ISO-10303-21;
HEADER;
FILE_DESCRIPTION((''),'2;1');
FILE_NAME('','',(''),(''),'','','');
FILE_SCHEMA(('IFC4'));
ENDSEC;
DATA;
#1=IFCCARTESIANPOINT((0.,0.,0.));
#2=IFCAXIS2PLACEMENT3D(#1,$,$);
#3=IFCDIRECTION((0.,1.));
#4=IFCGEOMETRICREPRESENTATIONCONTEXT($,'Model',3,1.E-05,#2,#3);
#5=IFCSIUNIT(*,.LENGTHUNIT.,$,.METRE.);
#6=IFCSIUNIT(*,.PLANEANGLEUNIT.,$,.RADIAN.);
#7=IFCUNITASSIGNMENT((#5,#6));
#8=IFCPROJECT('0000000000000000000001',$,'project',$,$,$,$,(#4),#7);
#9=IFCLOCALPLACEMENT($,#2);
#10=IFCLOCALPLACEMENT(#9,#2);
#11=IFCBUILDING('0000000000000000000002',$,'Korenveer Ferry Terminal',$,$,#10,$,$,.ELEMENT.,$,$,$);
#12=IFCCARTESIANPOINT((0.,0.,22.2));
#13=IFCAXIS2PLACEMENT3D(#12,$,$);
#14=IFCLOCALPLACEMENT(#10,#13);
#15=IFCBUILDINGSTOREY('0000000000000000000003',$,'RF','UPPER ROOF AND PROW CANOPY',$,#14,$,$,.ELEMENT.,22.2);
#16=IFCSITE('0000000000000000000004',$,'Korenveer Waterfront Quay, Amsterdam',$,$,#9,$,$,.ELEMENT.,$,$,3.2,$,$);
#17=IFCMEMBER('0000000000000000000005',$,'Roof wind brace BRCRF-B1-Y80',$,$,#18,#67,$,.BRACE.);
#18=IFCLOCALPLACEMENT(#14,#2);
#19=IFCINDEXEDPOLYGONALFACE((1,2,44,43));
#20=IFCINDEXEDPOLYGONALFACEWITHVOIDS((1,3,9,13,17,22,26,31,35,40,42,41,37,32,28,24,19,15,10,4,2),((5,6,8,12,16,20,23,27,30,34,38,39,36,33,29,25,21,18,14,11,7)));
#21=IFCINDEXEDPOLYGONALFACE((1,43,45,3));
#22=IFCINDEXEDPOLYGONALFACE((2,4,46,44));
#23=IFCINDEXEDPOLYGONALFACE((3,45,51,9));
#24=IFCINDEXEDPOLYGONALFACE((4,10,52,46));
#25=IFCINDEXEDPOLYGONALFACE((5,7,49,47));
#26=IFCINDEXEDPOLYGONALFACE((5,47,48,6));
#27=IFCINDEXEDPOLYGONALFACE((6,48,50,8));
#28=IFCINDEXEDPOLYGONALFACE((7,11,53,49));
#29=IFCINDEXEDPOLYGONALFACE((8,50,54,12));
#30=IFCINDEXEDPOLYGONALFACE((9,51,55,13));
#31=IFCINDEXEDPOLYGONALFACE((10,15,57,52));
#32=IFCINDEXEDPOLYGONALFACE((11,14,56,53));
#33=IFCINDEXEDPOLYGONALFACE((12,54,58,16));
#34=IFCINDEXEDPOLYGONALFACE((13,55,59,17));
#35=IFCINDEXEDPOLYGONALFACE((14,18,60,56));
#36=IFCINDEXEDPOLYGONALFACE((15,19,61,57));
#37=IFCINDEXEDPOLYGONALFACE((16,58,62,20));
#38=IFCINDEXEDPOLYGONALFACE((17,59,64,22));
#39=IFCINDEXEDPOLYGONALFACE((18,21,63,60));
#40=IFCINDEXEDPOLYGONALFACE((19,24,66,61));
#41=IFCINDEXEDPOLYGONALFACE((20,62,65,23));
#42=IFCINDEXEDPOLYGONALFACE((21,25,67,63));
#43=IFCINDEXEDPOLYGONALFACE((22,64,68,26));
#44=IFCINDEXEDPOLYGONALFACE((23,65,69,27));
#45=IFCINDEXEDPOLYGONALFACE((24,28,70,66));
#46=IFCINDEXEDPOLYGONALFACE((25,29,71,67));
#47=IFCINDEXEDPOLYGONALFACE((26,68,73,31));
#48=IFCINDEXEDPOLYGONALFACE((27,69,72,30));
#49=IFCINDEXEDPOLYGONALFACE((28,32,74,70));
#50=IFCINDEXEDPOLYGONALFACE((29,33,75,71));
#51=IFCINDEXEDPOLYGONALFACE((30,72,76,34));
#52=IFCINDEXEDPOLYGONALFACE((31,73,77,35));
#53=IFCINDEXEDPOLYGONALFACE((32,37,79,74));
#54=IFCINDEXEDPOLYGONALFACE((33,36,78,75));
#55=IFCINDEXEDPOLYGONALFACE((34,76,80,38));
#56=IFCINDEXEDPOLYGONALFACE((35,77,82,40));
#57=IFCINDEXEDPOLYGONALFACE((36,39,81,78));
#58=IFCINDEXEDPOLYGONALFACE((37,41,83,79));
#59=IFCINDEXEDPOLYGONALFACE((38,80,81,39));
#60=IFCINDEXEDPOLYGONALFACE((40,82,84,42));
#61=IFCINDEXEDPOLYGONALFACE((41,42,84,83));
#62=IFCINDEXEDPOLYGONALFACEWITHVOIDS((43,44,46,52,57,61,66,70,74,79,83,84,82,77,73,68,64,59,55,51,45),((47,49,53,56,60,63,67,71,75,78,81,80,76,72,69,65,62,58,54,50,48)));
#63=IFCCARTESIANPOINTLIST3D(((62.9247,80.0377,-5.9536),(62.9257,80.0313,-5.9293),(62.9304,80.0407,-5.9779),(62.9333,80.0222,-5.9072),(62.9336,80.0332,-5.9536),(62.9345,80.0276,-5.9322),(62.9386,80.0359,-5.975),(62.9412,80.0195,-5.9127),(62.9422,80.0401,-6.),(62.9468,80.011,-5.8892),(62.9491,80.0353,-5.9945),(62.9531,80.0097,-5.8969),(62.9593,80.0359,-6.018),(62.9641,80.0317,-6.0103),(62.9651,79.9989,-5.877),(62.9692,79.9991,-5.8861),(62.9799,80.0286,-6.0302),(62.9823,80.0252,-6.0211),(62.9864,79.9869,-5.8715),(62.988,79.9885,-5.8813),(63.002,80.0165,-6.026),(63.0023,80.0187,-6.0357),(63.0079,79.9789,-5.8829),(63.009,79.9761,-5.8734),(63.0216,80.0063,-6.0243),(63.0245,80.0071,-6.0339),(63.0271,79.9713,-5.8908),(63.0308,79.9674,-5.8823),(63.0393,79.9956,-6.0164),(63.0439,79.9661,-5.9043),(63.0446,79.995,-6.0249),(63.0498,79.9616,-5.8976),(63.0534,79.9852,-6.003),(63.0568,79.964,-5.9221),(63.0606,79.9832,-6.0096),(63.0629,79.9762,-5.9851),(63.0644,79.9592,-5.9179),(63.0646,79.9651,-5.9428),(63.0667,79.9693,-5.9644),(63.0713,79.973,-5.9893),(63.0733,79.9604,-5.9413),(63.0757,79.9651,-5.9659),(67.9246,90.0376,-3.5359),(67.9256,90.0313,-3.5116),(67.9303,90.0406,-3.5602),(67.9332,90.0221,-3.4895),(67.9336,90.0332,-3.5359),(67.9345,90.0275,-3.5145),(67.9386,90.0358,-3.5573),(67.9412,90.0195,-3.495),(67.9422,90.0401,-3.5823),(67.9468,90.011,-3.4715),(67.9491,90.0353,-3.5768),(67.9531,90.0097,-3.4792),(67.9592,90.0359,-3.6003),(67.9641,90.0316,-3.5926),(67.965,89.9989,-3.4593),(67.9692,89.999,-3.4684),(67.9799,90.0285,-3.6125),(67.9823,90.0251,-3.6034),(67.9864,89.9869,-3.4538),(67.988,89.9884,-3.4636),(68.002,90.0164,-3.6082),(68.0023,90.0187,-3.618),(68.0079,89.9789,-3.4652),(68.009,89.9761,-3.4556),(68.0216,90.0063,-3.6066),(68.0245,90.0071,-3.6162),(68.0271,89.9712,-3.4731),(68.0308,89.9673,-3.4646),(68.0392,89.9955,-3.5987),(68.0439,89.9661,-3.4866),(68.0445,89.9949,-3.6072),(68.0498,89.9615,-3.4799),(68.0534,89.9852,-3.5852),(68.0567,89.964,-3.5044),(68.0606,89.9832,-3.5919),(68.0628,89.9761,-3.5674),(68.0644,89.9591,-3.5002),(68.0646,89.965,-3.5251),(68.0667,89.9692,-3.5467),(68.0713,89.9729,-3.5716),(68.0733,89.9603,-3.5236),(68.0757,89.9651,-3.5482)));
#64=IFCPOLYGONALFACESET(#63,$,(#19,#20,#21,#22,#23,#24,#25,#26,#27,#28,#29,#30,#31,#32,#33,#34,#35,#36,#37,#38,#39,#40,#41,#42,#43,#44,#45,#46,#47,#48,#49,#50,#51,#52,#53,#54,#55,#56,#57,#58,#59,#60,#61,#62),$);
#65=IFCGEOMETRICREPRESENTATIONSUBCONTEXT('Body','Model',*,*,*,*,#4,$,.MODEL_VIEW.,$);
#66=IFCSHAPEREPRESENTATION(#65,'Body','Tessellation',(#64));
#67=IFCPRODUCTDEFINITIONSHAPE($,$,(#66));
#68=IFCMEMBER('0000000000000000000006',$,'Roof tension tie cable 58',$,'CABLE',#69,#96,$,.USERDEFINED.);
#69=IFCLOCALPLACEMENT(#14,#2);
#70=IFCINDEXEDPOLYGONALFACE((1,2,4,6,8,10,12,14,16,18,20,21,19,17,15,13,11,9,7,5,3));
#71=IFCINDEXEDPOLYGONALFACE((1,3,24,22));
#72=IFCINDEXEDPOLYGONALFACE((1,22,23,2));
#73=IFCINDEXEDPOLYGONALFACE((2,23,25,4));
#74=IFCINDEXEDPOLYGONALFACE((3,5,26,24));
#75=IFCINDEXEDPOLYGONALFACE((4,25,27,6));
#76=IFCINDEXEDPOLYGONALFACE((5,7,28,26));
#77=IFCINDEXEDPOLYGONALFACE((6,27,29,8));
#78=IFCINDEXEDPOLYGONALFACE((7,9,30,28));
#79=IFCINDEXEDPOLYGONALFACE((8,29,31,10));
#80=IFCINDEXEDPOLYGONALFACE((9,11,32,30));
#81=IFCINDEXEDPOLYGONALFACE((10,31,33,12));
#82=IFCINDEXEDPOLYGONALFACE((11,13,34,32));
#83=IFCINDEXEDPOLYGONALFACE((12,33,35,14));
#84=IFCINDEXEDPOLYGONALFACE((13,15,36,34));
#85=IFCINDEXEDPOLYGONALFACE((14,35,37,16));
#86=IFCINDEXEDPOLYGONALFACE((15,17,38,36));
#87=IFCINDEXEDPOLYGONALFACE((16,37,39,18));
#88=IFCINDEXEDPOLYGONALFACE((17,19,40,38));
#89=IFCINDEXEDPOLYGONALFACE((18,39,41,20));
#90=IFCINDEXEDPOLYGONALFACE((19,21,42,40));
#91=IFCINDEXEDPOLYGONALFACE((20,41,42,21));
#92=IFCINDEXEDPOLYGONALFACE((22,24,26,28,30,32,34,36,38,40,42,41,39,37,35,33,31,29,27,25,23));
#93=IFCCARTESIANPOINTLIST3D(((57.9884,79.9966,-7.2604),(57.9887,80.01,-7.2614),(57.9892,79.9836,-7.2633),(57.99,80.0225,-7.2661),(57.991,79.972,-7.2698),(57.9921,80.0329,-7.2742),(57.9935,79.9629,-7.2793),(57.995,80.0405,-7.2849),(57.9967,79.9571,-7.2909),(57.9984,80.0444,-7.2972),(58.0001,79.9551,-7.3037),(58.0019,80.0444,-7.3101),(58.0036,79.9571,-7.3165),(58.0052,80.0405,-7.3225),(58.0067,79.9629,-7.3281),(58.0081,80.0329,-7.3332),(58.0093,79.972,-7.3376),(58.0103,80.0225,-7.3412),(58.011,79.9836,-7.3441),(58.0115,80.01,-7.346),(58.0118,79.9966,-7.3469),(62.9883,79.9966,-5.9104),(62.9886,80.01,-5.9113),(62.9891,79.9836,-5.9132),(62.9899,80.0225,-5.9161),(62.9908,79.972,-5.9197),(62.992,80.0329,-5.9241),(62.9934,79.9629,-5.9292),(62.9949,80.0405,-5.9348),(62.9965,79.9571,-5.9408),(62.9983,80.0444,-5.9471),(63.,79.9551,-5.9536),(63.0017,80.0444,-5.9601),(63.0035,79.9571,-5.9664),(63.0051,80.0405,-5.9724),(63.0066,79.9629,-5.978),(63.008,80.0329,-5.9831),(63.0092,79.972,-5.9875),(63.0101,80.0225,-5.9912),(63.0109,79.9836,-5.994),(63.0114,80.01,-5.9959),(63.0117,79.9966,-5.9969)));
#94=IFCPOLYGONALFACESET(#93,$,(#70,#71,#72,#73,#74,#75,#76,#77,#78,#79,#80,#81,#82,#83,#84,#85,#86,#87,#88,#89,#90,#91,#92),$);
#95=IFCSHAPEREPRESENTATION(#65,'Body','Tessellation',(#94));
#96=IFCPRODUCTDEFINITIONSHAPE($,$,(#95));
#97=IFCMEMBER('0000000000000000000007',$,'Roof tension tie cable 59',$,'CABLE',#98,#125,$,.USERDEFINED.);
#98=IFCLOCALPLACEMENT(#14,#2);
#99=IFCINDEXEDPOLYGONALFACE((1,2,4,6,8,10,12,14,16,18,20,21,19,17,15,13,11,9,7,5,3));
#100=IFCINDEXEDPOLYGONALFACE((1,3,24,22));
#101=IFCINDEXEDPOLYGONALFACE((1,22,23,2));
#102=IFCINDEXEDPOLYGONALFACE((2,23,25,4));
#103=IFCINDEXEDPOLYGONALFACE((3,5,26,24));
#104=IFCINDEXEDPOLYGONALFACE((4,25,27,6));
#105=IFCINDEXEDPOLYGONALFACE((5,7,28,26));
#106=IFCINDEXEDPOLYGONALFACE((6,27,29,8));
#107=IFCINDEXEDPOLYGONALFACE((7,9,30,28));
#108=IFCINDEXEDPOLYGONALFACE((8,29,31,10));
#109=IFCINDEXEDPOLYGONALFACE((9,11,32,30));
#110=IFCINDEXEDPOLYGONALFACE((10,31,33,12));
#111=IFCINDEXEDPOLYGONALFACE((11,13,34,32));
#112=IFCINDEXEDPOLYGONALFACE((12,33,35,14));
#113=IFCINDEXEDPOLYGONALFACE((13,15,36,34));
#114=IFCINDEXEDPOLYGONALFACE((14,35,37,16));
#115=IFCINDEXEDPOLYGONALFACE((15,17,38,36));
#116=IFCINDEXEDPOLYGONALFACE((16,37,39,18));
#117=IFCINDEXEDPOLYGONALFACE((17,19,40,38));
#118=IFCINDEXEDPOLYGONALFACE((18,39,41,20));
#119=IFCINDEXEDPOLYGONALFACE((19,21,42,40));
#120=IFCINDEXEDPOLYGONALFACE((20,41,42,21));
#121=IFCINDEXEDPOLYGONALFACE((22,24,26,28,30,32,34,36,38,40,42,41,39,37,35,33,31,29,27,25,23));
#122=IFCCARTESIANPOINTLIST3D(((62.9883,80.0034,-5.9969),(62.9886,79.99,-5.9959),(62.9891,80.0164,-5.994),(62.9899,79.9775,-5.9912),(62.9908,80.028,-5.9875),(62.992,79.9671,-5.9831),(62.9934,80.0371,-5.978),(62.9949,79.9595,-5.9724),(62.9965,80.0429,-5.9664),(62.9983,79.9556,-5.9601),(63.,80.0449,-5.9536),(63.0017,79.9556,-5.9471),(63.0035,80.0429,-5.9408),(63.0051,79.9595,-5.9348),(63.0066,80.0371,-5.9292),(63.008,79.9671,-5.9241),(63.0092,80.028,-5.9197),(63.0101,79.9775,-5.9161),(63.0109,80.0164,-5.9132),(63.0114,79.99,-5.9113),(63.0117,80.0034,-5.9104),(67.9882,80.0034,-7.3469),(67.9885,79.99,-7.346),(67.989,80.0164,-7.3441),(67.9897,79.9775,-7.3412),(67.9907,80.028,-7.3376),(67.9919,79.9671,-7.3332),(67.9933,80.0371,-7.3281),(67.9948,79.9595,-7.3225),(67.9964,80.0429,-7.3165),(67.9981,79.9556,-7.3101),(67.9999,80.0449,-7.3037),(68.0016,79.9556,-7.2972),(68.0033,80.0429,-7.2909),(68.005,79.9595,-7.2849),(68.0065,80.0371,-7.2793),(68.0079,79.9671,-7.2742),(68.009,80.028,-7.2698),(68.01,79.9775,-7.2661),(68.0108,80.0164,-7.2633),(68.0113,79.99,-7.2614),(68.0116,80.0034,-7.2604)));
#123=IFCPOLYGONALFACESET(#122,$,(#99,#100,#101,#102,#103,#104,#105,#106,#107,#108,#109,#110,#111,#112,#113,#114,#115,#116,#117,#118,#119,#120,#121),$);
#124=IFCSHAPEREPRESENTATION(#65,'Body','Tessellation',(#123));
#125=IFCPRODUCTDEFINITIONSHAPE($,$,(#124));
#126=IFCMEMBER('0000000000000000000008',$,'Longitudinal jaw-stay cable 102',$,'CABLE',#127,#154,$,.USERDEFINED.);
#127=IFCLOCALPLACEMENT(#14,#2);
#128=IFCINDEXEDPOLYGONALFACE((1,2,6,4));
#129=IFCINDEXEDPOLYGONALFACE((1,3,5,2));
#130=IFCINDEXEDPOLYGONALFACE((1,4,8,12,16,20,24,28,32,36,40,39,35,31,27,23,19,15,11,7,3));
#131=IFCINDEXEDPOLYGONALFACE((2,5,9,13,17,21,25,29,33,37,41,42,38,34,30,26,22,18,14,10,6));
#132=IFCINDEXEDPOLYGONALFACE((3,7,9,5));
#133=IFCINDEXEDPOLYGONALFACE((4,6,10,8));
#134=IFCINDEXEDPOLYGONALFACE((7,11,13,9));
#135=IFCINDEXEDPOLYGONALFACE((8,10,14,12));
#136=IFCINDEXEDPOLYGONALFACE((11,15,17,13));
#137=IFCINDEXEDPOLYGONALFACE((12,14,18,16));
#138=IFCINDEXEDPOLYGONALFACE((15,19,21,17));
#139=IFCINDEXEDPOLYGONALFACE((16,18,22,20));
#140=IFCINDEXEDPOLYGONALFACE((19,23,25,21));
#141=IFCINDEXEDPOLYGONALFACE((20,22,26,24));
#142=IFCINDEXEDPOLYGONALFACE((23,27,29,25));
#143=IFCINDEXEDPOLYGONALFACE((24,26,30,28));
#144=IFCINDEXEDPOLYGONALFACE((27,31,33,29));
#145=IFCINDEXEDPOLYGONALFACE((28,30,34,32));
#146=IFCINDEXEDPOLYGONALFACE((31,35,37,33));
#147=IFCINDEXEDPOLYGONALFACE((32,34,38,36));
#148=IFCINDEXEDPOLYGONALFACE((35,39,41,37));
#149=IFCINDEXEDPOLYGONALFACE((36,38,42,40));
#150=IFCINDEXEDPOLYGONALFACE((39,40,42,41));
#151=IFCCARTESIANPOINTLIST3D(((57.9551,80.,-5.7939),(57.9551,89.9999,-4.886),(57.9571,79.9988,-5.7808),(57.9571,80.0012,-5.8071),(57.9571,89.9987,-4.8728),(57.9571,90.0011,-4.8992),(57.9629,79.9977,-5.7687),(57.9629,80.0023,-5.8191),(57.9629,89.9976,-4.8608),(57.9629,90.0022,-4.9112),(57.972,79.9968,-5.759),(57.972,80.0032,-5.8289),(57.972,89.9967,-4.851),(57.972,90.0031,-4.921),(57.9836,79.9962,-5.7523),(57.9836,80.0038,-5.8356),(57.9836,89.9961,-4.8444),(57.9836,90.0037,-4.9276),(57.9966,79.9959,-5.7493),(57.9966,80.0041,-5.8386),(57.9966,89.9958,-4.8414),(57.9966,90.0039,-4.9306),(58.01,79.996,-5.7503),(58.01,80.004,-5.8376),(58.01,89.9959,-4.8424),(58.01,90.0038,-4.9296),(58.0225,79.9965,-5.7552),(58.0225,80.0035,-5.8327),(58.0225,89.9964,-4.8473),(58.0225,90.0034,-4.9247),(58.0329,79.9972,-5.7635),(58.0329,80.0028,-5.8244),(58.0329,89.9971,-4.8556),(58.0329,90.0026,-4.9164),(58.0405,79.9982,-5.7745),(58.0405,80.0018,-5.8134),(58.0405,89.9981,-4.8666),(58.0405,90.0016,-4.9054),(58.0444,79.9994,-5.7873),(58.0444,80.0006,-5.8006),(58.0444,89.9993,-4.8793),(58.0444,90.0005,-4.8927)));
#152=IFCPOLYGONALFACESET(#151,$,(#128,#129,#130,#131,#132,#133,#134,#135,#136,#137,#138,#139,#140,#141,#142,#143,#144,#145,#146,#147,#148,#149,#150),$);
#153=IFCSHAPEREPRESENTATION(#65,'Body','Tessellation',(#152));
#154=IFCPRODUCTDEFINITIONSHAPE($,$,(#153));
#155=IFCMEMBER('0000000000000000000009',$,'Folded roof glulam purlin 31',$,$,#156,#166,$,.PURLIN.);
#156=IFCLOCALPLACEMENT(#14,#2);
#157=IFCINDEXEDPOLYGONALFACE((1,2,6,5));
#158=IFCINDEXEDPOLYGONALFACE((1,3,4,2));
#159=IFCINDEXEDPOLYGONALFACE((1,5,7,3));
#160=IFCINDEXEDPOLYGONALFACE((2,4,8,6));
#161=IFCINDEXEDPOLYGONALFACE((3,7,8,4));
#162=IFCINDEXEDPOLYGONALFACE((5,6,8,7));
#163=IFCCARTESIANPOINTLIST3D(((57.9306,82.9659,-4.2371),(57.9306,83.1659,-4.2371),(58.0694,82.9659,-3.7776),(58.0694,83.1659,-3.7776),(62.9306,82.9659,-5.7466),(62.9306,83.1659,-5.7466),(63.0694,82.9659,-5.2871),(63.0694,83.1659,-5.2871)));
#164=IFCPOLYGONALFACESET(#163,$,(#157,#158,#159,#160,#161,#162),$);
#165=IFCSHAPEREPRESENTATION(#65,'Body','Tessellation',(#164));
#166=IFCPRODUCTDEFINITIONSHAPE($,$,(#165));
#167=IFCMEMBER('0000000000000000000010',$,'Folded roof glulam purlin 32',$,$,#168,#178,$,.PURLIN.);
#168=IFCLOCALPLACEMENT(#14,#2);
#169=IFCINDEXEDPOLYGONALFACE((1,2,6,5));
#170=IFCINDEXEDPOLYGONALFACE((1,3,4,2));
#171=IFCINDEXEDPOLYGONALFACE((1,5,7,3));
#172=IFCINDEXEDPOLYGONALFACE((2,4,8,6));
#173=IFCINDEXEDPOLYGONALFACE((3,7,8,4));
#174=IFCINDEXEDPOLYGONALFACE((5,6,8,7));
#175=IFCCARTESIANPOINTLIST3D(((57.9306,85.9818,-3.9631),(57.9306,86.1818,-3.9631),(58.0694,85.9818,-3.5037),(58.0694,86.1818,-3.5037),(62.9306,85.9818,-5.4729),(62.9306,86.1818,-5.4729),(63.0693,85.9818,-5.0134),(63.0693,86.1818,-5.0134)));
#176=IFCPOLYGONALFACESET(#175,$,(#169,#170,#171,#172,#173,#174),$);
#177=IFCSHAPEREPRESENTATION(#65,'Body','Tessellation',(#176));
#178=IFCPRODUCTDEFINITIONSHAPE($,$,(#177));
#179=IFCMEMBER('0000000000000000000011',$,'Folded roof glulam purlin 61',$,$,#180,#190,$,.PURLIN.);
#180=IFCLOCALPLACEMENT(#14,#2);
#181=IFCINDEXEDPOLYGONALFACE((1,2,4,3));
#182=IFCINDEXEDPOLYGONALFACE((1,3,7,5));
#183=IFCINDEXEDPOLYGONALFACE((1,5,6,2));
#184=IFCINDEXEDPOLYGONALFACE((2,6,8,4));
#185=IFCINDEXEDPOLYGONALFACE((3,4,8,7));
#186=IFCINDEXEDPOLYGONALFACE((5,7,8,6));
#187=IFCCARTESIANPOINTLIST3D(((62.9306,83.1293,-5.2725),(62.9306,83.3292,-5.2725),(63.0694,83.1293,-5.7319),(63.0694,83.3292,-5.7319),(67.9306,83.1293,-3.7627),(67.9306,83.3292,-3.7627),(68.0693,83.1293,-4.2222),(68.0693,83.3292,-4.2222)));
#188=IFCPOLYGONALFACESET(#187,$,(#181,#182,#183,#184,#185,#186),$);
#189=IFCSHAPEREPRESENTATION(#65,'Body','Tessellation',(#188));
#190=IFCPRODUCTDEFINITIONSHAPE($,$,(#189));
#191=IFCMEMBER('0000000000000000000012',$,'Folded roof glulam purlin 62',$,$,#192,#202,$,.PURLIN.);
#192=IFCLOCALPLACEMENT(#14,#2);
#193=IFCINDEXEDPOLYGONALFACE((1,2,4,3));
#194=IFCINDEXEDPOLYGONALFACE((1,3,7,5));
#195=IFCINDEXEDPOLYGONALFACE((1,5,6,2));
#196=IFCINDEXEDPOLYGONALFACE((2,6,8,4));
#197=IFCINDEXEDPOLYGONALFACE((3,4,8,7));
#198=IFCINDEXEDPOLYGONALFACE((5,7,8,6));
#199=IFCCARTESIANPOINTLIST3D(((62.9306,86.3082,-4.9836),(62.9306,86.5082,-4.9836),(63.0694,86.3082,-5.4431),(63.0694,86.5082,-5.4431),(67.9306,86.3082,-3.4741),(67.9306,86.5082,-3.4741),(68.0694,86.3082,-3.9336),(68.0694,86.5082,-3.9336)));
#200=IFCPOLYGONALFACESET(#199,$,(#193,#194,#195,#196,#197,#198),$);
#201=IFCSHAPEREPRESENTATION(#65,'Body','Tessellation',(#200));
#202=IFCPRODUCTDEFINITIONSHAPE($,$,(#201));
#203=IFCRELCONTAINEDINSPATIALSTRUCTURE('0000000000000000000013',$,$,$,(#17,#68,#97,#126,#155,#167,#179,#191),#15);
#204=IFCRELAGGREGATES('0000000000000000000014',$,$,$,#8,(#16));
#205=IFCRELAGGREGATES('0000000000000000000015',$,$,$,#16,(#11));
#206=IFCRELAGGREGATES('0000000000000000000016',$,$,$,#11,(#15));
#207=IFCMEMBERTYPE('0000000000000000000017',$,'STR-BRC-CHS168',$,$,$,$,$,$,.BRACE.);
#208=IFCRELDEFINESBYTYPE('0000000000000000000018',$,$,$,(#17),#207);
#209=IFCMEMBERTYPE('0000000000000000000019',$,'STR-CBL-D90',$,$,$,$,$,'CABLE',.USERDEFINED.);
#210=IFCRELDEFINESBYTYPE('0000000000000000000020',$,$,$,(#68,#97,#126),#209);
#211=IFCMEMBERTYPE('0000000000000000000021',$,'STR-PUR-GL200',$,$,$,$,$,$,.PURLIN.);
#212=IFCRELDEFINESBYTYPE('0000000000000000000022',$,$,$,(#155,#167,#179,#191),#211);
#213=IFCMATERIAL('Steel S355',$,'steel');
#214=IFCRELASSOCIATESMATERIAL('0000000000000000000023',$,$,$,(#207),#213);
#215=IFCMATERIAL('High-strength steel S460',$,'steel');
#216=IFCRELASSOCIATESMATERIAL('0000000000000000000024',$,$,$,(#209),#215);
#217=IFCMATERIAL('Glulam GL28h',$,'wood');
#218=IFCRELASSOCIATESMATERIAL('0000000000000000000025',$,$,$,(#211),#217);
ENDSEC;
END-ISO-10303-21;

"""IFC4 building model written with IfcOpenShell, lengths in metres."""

from ifc_helpers import new_model, si_unit, direction, frame, origin, origin_2d, place, context, subcontext, project, spatial, rectangle, circle, hollow_circle, extrude, material, material_profile, profile_set, type_object, element, save


model = new_model("IFC4")

# Units and contexts
model_context = context("Model", 3, precision=1e-05, world=origin(), true_north=direction((0.0, 1.0)))
body_context = subcontext(model_context, "Body", "Model", "MODEL_VIEW")
ifc_project = project(units=[si_unit("LENGTHUNIT", "METRE"), si_unit("PLANEANGLEUNIT", "RADIAN")], contexts=[model_context])

# Site, building, storey
site_placement = place(None, origin())
site = spatial("IfcSite", under=ifc_project, at=site_placement, Name="Korenveer Waterfront Quay, Amsterdam", CompositionType="ELEMENT", RefElevation=3.2)
building_placement = place(site_placement, origin())
building = spatial("IfcBuilding", under=site, at=building_placement, Name="Korenveer Ferry Terminal", CompositionType="ELEMENT")
storey_placement = place(building_placement, frame((0.0, 0.0, 22.2)))
storey = spatial("IfcBuildingStorey", under=building, at=storey_placement, Name="RF", Description="UPPER ROOF AND PROW CANOPY", CompositionType="ELEMENT", Elevation=22.2)

# Members
ifc_material_1 = material(Name="Steel S355", Category="steel")
ifc_material_profile_1 = material_profile(ifc_material_1, hollow_circle(Radius=0.0842, WallThickness=0.01, at=origin_2d()), Name="CHS 168.3x10")
ifc_profile_set_1 = profile_set([ifc_material_profile_1], Name="Steel S355")
member_type_1 = type_object("IfcMemberType", Name="STR-BRC-CHS168", PredefinedType="BRACE", material=ifc_profile_set_1)
member_1_placement = place(storey_placement, frame((63.0, 80.0, -5.9536), z_axis=(0.43711, 0.87422, 0.211362), x_axis=(-0.894427, 0.447214, 0.0)))
element("IfcMember", 1, at=member_1_placement, inside=storey, type_object=member_type_1, Name="Roof wind brace BRCRF-B1-Y80", PredefinedType="BRACE", context=body_context, shape_type="SweptSolid", body=[
    extrude(hollow_circle(Radius=0.0842, WallThickness=0.01, at=origin_2d()), origin(), (0.0, 0.0, 1.0), 11.4387),
])
ifc_material_2 = material(Name="High-strength steel S460", Category="steel")
ifc_material_profile_2 = material_profile(ifc_material_2, circle(Radius=0.0449, at=origin_2d()), Name="ROD D90")
ifc_profile_set_2 = profile_set([ifc_material_profile_2], Name="High-strength steel S460")
member_type_2 = type_object("IfcMemberType", Name="STR-CBL-D90", ElementType="CABLE", PredefinedType="USERDEFINED", material=ifc_profile_set_2)
for number, where, z_axis, x_axis, name in (
    (2, (63.0, 80.0, -5.9536), (-0.965424, 0.0, -0.260683), (0.0, -1.0, 0.0), "Roof tension tie cable 58"),
    (3, (63.0, 80.0, -5.9536), (0.965424, 0.0, -0.260683), (0.0, 1.0, 0.0), "Roof tension tie cable 59"),
):
    element("IfcMember", number, at=place(storey_placement, frame(where, z_axis=z_axis, x_axis=x_axis)), inside=storey, type_object=member_type_2, Name=name, ObjectType="CABLE", PredefinedType="USERDEFINED", context=body_context, shape_type="SweptSolid", body=[
        extrude(circle(Radius=0.0449, at=origin_2d()), origin(), (0.0, 0.0, 1.0), 5.179),
    ])
member_2_placement = place(storey_placement, frame((58.0, 80.0, -5.7939), z_axis=(0.0, 0.995903, 0.090424), x_axis=(-1.0, 0.0, 0.0)))
element("IfcMember", 4, at=member_2_placement, inside=storey, type_object=member_type_2, Name="Longitudinal jaw-stay cable 102", ObjectType="CABLE", PredefinedType="USERDEFINED", context=body_context, shape_type="SweptSolid", body=[
    extrude(circle(Radius=0.0449, at=origin_2d()), origin(), (0.0, 0.0, 1.0), 10.041),
])
ifc_material_3 = material(Name="Glulam GL28h", Category="wood")
ifc_material_profile_3 = material_profile(ifc_material_3, rectangle(XDim=0.2, YDim=0.48, at=origin_2d()), Name="GL 200x480")
ifc_profile_set_3 = profile_set([ifc_material_profile_3], Name="Glulam GL28h")
member_type_3 = type_object("IfcMemberType", Name="STR-PUR-GL200", PredefinedType="PURLIN", material=ifc_profile_set_3)
for number, where, z_axis, x_axis, name in (
    (5, (58.0, 83.0659, -4.0073), (0.957323, 0.0, -0.28902), (0.0, 1.0, 0.0), "Folded roof glulam purlin 31"),
    (6, (58.0, 86.0818, -3.7334), (0.95731, 0.0, -0.289063), (0.0, 1.0, 0.0), "Folded roof glulam purlin 32"),
    (7, (63.0, 83.2292, -5.5022), (0.95731, 0.0, 0.289063), (0.0, 1.0, 0.0), "Folded roof glulam purlin 61"),
    (8, (63.0, 86.4082, -5.2134), (0.957323, 0.0, 0.28902), (0.0, 1.0, 0.0), "Folded roof glulam purlin 62"),
):
    element("IfcMember", number, at=place(storey_placement, frame(where, z_axis=z_axis, x_axis=x_axis)), inside=storey, type_object=member_type_3, Name=name, PredefinedType="PURLIN", context=body_context, shape_type="SweptSolid", body=[
        extrude(rectangle(XDim=0.2, YDim=0.48, at=origin_2d()), origin(), (0.0, 0.0, 1.0), 5.2229),
    ])

save(model, "model.ifc")
